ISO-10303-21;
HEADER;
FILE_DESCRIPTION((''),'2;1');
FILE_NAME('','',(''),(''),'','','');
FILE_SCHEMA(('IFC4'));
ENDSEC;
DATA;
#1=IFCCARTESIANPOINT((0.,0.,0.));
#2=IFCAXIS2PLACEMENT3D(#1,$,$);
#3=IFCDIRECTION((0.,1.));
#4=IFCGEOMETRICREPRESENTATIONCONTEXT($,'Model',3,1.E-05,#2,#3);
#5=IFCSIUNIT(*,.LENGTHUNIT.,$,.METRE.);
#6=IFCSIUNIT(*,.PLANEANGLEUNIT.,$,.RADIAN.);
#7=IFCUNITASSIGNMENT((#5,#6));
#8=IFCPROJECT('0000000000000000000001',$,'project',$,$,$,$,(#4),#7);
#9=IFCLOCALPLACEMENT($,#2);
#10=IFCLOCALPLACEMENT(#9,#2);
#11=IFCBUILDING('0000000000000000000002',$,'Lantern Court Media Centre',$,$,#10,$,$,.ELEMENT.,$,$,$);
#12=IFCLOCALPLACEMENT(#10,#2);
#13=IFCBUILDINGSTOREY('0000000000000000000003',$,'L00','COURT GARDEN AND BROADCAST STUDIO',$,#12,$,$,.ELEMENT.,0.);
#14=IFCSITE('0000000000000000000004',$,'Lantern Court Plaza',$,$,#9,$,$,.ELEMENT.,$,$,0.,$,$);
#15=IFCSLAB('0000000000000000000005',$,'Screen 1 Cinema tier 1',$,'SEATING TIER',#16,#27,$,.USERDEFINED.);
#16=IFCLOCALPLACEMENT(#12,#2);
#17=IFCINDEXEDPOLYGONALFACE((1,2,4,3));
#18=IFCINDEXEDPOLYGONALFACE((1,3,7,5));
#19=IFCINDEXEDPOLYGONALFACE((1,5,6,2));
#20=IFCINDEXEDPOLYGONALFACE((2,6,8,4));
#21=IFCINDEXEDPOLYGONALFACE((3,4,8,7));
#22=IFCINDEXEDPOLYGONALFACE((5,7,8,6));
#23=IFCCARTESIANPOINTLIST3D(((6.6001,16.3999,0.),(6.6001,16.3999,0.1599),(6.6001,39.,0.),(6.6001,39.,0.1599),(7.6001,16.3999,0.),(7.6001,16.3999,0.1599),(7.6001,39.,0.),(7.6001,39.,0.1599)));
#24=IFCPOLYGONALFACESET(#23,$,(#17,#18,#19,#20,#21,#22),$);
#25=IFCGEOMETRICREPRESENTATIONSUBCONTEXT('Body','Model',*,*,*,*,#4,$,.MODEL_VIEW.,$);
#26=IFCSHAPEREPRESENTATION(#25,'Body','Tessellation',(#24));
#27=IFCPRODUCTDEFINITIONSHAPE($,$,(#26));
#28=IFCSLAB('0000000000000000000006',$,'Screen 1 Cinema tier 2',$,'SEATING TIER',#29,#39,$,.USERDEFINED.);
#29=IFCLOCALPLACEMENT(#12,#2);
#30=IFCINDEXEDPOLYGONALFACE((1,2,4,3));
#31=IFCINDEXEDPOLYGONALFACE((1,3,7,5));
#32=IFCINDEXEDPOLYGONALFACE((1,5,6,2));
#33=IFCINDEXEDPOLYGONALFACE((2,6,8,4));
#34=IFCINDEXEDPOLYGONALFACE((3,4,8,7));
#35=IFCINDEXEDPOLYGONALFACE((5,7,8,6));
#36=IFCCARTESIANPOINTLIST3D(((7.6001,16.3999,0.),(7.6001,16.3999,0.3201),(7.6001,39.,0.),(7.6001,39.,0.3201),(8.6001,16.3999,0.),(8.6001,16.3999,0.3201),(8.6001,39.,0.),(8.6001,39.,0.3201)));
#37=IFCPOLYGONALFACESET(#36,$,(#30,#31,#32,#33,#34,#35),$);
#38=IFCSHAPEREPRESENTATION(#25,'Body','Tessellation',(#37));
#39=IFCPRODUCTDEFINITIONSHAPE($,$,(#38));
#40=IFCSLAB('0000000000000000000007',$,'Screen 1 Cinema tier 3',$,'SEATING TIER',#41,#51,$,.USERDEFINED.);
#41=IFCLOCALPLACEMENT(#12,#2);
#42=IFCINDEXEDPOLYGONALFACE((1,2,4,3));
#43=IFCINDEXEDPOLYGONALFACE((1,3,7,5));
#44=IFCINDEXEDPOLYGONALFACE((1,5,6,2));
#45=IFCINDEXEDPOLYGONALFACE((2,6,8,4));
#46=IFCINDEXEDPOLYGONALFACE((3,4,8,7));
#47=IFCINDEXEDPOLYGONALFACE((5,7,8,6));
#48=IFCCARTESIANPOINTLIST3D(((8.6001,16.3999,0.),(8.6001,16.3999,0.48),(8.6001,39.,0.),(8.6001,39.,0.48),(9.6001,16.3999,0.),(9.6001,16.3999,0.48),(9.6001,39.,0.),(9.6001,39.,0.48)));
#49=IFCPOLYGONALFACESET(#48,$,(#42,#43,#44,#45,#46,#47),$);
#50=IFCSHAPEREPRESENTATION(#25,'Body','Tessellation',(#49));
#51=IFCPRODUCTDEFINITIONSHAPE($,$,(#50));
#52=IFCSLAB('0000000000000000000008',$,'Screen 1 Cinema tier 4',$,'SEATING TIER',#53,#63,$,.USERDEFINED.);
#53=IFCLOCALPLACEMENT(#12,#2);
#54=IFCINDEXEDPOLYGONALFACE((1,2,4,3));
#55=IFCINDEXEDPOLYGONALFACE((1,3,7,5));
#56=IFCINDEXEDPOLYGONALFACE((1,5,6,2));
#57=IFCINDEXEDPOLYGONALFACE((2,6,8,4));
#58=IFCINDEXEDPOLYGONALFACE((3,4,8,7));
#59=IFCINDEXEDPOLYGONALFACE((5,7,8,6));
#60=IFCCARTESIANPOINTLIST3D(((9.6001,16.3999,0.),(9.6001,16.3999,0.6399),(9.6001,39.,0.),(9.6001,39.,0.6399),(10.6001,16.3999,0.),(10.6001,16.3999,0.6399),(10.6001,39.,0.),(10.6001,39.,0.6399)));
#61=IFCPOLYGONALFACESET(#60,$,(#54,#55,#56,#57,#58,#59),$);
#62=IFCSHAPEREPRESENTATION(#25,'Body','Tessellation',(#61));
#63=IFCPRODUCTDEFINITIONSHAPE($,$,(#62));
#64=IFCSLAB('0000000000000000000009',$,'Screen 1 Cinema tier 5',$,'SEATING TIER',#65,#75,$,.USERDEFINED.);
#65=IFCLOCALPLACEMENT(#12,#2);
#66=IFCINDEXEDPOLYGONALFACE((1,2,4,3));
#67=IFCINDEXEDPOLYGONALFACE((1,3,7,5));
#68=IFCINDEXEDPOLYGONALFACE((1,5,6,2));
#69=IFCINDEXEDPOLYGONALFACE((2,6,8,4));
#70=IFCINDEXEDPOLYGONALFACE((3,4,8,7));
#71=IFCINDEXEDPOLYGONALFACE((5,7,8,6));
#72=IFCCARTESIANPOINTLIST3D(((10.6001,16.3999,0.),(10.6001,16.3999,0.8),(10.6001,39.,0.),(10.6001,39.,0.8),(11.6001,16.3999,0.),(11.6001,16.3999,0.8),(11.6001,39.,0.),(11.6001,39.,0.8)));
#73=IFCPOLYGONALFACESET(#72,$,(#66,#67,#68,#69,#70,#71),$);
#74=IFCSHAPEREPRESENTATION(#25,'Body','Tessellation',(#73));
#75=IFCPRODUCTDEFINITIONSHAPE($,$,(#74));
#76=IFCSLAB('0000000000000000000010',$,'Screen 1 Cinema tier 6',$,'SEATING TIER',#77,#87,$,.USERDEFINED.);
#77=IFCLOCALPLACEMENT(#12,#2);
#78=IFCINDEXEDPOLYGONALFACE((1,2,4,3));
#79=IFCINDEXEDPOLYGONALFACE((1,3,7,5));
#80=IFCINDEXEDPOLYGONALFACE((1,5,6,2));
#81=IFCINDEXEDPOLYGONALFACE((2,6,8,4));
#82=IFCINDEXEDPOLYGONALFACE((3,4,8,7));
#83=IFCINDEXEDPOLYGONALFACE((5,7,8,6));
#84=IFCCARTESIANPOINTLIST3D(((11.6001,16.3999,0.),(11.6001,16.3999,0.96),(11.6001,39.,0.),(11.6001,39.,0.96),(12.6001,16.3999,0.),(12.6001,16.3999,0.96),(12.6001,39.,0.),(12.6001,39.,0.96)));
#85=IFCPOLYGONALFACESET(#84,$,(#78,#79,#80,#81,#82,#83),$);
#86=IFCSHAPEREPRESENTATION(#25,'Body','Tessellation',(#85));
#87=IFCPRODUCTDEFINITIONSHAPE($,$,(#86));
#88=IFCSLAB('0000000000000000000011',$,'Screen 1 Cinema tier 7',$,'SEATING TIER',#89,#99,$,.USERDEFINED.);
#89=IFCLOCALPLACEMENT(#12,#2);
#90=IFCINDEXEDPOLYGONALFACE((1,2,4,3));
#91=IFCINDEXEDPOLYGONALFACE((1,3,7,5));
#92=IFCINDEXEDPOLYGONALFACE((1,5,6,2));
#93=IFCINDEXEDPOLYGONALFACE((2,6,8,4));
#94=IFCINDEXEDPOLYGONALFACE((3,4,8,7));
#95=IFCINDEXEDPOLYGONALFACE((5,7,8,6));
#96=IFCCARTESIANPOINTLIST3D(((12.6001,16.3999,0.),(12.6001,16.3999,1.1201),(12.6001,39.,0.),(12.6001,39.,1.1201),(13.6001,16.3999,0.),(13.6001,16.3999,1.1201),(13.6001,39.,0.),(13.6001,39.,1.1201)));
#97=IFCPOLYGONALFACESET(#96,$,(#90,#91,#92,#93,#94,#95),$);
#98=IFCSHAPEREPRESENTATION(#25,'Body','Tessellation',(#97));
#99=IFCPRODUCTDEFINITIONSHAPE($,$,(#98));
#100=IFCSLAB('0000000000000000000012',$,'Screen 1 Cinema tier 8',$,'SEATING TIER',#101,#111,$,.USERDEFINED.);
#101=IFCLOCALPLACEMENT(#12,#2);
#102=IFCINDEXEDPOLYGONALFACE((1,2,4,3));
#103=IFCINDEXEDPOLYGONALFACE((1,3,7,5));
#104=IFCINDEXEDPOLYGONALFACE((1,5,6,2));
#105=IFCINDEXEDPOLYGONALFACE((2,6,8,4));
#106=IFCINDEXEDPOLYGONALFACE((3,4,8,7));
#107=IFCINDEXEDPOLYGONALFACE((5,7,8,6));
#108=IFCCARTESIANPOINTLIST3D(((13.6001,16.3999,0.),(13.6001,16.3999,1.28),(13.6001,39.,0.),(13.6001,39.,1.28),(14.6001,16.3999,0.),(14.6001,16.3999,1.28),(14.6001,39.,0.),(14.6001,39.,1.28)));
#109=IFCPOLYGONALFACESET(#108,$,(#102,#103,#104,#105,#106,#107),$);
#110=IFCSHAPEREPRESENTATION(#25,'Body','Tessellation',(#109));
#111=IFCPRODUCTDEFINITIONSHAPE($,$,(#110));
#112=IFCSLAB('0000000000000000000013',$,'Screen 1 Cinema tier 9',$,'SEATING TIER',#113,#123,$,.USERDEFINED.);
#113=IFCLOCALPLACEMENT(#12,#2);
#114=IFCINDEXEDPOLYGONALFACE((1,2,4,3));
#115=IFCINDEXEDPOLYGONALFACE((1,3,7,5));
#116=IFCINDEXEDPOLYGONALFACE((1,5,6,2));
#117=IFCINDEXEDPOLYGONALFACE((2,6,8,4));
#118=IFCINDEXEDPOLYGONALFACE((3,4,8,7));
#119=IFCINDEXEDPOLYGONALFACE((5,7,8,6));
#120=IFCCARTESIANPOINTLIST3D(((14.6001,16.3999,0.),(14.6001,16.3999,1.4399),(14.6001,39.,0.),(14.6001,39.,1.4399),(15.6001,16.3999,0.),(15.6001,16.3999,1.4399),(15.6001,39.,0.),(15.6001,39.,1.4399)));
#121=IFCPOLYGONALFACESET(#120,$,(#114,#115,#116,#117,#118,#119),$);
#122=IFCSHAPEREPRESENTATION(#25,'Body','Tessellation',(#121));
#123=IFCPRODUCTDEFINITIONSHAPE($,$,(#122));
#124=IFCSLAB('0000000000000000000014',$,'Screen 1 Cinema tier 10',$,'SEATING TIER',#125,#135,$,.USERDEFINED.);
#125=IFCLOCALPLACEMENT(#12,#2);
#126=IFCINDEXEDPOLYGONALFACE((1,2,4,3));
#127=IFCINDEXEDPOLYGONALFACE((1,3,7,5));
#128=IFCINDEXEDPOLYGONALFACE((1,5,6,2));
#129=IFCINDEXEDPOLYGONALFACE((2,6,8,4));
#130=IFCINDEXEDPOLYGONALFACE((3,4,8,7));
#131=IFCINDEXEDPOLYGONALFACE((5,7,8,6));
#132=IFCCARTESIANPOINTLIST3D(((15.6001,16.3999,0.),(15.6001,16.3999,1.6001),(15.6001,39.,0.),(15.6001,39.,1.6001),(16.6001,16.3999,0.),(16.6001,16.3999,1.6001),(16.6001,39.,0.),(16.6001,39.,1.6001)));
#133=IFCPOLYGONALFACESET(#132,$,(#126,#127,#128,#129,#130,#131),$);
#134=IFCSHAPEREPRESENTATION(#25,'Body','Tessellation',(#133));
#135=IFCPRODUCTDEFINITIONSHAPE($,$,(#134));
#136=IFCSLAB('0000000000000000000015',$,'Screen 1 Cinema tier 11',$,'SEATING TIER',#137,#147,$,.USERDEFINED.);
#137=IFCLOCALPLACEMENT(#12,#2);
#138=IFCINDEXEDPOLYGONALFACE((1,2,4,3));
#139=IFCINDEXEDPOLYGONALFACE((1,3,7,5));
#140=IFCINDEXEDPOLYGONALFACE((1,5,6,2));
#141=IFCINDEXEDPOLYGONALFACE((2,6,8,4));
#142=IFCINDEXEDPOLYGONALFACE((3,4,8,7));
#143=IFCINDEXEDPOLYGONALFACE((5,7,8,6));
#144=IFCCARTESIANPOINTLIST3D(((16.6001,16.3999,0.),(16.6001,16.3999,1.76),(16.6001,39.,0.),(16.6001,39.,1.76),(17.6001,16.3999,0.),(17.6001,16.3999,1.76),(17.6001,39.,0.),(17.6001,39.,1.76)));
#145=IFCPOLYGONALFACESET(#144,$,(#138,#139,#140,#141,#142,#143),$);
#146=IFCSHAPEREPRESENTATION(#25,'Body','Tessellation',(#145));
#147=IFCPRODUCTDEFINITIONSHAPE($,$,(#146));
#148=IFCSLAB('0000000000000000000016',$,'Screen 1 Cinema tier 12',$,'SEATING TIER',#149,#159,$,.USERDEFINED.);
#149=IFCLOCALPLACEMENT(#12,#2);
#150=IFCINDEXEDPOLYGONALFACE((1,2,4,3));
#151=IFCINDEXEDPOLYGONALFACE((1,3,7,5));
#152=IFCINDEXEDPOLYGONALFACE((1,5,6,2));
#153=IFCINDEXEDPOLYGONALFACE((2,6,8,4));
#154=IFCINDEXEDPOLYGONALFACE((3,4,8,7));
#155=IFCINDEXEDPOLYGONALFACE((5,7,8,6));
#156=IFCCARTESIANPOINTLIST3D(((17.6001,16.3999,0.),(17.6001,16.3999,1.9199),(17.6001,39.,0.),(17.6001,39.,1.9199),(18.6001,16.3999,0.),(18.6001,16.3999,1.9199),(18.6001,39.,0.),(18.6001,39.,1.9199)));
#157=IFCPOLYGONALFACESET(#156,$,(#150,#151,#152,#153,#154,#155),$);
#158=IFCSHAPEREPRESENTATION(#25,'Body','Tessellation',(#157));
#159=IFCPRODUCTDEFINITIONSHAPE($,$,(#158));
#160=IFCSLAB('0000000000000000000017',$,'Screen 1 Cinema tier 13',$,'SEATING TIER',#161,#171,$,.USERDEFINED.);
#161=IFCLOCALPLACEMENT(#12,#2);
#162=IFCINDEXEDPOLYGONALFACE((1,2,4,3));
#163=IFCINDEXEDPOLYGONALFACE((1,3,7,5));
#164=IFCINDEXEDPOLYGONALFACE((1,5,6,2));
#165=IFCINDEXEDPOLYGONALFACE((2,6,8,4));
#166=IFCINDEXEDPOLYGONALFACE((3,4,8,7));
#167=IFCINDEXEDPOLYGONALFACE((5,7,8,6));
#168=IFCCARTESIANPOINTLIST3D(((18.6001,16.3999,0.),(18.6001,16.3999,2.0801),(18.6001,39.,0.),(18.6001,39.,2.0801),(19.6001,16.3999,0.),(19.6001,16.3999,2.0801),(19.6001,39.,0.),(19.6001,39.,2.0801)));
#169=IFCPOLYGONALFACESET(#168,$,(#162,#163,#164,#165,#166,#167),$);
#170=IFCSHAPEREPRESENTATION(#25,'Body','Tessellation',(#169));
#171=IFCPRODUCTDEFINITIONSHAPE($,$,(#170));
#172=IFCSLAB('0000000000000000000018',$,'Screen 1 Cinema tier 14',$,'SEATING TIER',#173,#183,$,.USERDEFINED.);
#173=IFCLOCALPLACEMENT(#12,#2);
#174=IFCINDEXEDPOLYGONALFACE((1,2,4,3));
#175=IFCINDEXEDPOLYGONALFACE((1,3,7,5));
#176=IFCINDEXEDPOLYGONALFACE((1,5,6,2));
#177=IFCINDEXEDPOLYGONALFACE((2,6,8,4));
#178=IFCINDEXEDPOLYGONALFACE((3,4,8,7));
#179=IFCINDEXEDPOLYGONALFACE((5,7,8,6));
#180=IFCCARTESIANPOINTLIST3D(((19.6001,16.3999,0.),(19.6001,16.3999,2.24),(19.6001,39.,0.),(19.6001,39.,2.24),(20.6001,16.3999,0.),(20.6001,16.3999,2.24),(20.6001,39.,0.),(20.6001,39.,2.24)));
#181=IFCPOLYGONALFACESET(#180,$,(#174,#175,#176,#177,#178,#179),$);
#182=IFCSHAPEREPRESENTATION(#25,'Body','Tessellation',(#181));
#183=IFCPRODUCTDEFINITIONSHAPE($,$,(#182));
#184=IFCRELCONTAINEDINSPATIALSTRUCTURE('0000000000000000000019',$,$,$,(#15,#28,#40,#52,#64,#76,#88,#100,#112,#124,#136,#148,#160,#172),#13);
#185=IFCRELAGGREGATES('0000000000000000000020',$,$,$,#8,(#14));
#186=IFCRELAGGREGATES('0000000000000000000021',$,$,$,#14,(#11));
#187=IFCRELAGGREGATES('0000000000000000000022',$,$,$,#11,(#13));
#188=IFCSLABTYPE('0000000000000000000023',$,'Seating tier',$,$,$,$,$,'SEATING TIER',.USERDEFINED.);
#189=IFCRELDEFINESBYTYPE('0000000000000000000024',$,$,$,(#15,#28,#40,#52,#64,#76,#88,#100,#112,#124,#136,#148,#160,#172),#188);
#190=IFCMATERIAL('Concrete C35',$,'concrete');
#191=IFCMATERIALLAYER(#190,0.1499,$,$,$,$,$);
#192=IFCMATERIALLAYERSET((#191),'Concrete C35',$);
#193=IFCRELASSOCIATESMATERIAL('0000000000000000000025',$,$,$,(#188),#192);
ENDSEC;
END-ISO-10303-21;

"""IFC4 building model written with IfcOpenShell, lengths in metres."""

from ifc_helpers import new_model, si_unit, direction, origin, place, context, subcontext, project, spatial, polyline, outline, extrude, material, layer, layer_set, type_object, element, save


model = new_model("IFC4")

# Units and contexts
model_context = context("Model", 3, precision=1e-05, world=origin(), true_north=direction((0.0, 1.0)))
body_context = subcontext(model_context, "Body", "Model", "MODEL_VIEW")
ifc_project = project(units=[si_unit("LENGTHUNIT", "METRE"), si_unit("PLANEANGLEUNIT", "RADIAN")], contexts=[model_context])

# Site, building, storey
site_placement = place(None, origin())
site = spatial("IfcSite", under=ifc_project, at=site_placement, Name="Lantern Court Plaza", CompositionType="ELEMENT", RefElevation=0.0)
building_placement = place(site_placement, origin())
building = spatial("IfcBuilding", under=site, at=building_placement, Name="Lantern Court Media Centre", CompositionType="ELEMENT")
storey_placement = place(building_placement, origin())
storey = spatial("IfcBuildingStorey", under=building, at=storey_placement, Name="L00", Description="COURT GARDEN AND BROADCAST STUDIO", CompositionType="ELEMENT", Elevation=0.0)

# Slabs
ifc_material_1 = material(Name="Concrete C35", Category="concrete")
ifc_layer_1 = layer(ifc_material_1, 0.1499)
ifc_layer_set_1 = layer_set([ifc_layer_1], Name="Concrete C35")
slab_type = type_object("IfcSlabType", Name="Seating tier", ElementType="SEATING TIER", PredefinedType="USERDEFINED", material=ifc_layer_set_1)
slab_1_placement = place(storey_placement, origin())
element("IfcSlab", 1, at=slab_1_placement, inside=storey, type_object=slab_type, Name="Screen 1 Cinema tier 1", ObjectType="SEATING TIER", PredefinedType="USERDEFINED", context=body_context, shape_type="SweptSolid", body=[
    extrude(outline(polyline([(6.6001, 16.3999), (7.6001, 16.3999), (7.6001, 39.0), (6.6001, 39.0), (6.6001, 16.3999)])), origin(), (0.0, 0.0, 1.0), 0.1599),
])
slab_2_placement = place(storey_placement, origin())
element("IfcSlab", 2, at=slab_2_placement, inside=storey, type_object=slab_type, Name="Screen 1 Cinema tier 2", ObjectType="SEATING TIER", PredefinedType="USERDEFINED", context=body_context, shape_type="SweptSolid", body=[
    extrude(outline(polyline([(7.6001, 16.3999), (8.6001, 16.3999), (8.6001, 39.0), (7.6001, 39.0), (7.6001, 16.3999)])), origin(), (0.0, 0.0, 1.0), 0.3201),
])
slab_3_placement = place(storey_placement, origin())
element("IfcSlab", 3, at=slab_3_placement, inside=storey, type_object=slab_type, Name="Screen 1 Cinema tier 3", ObjectType="SEATING TIER", PredefinedType="USERDEFINED", context=body_context, shape_type="SweptSolid", body=[
    extrude(outline(polyline([(8.6001, 16.3999), (9.6001, 16.3999), (9.6001, 39.0), (8.6001, 39.0), (8.6001, 16.3999)])), origin(), (0.0, 0.0, 1.0), 0.48),
])
slab_4_placement = place(storey_placement, origin())
element("IfcSlab", 4, at=slab_4_placement, inside=storey, type_object=slab_type, Name="Screen 1 Cinema tier 4", ObjectType="SEATING TIER", PredefinedType="USERDEFINED", context=body_context, shape_type="SweptSolid", body=[
    extrude(outline(polyline([(9.6001, 16.3999), (10.6001, 16.3999), (10.6001, 39.0), (9.6001, 39.0), (9.6001, 16.3999)])), origin(), (0.0, 0.0, 1.0), 0.6399),
])
slab_5_placement = place(storey_placement, origin())
element("IfcSlab", 5, at=slab_5_placement, inside=storey, type_object=slab_type, Name="Screen 1 Cinema tier 5", ObjectType="SEATING TIER", PredefinedType="USERDEFINED", context=body_context, shape_type="SweptSolid", body=[
    extrude(outline(polyline([(10.6001, 16.3999), (11.6001, 16.3999), (11.6001, 39.0), (10.6001, 39.0), (10.6001, 16.3999)])), origin(), (0.0, 0.0, 1.0), 0.8),
])
slab_6_placement = place(storey_placement, origin())
element("IfcSlab", 6, at=slab_6_placement, inside=storey, type_object=slab_type, Name="Screen 1 Cinema tier 6", ObjectType="SEATING TIER", PredefinedType="USERDEFINED", context=body_context, shape_type="SweptSolid", body=[
    extrude(outline(polyline([(11.6001, 16.3999), (12.6001, 16.3999), (12.6001, 39.0), (11.6001, 39.0), (11.6001, 16.3999)])), origin(), (0.0, 0.0, 1.0), 0.96),
])
slab_7_placement = place(storey_placement, origin())
element("IfcSlab", 7, at=slab_7_placement, inside=storey, type_object=slab_type, Name="Screen 1 Cinema tier 7", ObjectType="SEATING TIER", PredefinedType="USERDEFINED", context=body_context, shape_type="SweptSolid", body=[
    extrude(outline(polyline([(12.6001, 16.3999), (13.6001, 16.3999), (13.6001, 39.0), (12.6001, 39.0), (12.6001, 16.3999)])), origin(), (0.0, 0.0, 1.0), 1.1201),
])
slab_8_placement = place(storey_placement, origin())
element("IfcSlab", 8, at=slab_8_placement, inside=storey, type_object=slab_type, Name="Screen 1 Cinema tier 8", ObjectType="SEATING TIER", PredefinedType="USERDEFINED", context=body_context, shape_type="SweptSolid", body=[
    extrude(outline(polyline([(13.6001, 16.3999), (14.6001, 16.3999), (14.6001, 39.0), (13.6001, 39.0), (13.6001, 16.3999)])), origin(), (0.0, 0.0, 1.0), 1.28),
])
slab_9_placement = place(storey_placement, origin())
element("IfcSlab", 9, at=slab_9_placement, inside=storey, type_object=slab_type, Name="Screen 1 Cinema tier 9", ObjectType="SEATING TIER", PredefinedType="USERDEFINED", context=body_context, shape_type="SweptSolid", body=[
    extrude(outline(polyline([(14.6001, 16.3999), (15.6001, 16.3999), (15.6001, 39.0), (14.6001, 39.0), (14.6001, 16.3999)])), origin(), (0.0, 0.0, 1.0), 1.4399),
])
slab_10_placement = place(storey_placement, origin())
element("IfcSlab", 10, at=slab_10_placement, inside=storey, type_object=slab_type, Name="Screen 1 Cinema tier 10", ObjectType="SEATING TIER", PredefinedType="USERDEFINED", context=body_context, shape_type="SweptSolid", body=[
    extrude(outline(polyline([(15.6001, 16.3999), (16.6001, 16.3999), (16.6001, 39.0), (15.6001, 39.0), (15.6001, 16.3999)])), origin(), (0.0, 0.0, 1.0), 1.6001),
])
slab_11_placement = place(storey_placement, origin())
element("IfcSlab", 11, at=slab_11_placement, inside=storey, type_object=slab_type, Name="Screen 1 Cinema tier 11", ObjectType="SEATING TIER", PredefinedType="USERDEFINED", context=body_context, shape_type="SweptSolid", body=[
    extrude(outline(polyline([(16.6001, 16.3999), (17.6001, 16.3999), (17.6001, 39.0), (16.6001, 39.0), (16.6001, 16.3999)])), origin(), (0.0, 0.0, 1.0), 1.76),
])
slab_12_placement = place(storey_placement, origin())
element("IfcSlab", 12, at=slab_12_placement, inside=storey, type_object=slab_type, Name="Screen 1 Cinema tier 12", ObjectType="SEATING TIER", PredefinedType="USERDEFINED", context=body_context, shape_type="SweptSolid", body=[
    extrude(outline(polyline([(17.6001, 16.3999), (18.6001, 16.3999), (18.6001, 39.0), (17.6001, 39.0), (17.6001, 16.3999)])), origin(), (0.0, 0.0, 1.0), 1.9199),
])
slab_13_placement = place(storey_placement, origin())
element("IfcSlab", 13, at=slab_13_placement, inside=storey, type_object=slab_type, Name="Screen 1 Cinema tier 13", ObjectType="SEATING TIER", PredefinedType="USERDEFINED", context=body_context, shape_type="SweptSolid", body=[
    extrude(outline(polyline([(18.6001, 16.3999), (19.6001, 16.3999), (19.6001, 39.0), (18.6001, 39.0), (18.6001, 16.3999)])), origin(), (0.0, 0.0, 1.0), 2.0801),
])
slab_14_placement = place(storey_placement, origin())
element("IfcSlab", 14, at=slab_14_placement, inside=storey, type_object=slab_type, Name="Screen 1 Cinema tier 14", ObjectType="SEATING TIER", PredefinedType="USERDEFINED", context=body_context, shape_type="SweptSolid", body=[
    extrude(outline(polyline([(19.6001, 16.3999), (20.6001, 16.3999), (20.6001, 39.0), (19.6001, 39.0), (19.6001, 16.3999)])), origin(), (0.0, 0.0, 1.0), 2.24),
])

save(model, "model.ifc")
